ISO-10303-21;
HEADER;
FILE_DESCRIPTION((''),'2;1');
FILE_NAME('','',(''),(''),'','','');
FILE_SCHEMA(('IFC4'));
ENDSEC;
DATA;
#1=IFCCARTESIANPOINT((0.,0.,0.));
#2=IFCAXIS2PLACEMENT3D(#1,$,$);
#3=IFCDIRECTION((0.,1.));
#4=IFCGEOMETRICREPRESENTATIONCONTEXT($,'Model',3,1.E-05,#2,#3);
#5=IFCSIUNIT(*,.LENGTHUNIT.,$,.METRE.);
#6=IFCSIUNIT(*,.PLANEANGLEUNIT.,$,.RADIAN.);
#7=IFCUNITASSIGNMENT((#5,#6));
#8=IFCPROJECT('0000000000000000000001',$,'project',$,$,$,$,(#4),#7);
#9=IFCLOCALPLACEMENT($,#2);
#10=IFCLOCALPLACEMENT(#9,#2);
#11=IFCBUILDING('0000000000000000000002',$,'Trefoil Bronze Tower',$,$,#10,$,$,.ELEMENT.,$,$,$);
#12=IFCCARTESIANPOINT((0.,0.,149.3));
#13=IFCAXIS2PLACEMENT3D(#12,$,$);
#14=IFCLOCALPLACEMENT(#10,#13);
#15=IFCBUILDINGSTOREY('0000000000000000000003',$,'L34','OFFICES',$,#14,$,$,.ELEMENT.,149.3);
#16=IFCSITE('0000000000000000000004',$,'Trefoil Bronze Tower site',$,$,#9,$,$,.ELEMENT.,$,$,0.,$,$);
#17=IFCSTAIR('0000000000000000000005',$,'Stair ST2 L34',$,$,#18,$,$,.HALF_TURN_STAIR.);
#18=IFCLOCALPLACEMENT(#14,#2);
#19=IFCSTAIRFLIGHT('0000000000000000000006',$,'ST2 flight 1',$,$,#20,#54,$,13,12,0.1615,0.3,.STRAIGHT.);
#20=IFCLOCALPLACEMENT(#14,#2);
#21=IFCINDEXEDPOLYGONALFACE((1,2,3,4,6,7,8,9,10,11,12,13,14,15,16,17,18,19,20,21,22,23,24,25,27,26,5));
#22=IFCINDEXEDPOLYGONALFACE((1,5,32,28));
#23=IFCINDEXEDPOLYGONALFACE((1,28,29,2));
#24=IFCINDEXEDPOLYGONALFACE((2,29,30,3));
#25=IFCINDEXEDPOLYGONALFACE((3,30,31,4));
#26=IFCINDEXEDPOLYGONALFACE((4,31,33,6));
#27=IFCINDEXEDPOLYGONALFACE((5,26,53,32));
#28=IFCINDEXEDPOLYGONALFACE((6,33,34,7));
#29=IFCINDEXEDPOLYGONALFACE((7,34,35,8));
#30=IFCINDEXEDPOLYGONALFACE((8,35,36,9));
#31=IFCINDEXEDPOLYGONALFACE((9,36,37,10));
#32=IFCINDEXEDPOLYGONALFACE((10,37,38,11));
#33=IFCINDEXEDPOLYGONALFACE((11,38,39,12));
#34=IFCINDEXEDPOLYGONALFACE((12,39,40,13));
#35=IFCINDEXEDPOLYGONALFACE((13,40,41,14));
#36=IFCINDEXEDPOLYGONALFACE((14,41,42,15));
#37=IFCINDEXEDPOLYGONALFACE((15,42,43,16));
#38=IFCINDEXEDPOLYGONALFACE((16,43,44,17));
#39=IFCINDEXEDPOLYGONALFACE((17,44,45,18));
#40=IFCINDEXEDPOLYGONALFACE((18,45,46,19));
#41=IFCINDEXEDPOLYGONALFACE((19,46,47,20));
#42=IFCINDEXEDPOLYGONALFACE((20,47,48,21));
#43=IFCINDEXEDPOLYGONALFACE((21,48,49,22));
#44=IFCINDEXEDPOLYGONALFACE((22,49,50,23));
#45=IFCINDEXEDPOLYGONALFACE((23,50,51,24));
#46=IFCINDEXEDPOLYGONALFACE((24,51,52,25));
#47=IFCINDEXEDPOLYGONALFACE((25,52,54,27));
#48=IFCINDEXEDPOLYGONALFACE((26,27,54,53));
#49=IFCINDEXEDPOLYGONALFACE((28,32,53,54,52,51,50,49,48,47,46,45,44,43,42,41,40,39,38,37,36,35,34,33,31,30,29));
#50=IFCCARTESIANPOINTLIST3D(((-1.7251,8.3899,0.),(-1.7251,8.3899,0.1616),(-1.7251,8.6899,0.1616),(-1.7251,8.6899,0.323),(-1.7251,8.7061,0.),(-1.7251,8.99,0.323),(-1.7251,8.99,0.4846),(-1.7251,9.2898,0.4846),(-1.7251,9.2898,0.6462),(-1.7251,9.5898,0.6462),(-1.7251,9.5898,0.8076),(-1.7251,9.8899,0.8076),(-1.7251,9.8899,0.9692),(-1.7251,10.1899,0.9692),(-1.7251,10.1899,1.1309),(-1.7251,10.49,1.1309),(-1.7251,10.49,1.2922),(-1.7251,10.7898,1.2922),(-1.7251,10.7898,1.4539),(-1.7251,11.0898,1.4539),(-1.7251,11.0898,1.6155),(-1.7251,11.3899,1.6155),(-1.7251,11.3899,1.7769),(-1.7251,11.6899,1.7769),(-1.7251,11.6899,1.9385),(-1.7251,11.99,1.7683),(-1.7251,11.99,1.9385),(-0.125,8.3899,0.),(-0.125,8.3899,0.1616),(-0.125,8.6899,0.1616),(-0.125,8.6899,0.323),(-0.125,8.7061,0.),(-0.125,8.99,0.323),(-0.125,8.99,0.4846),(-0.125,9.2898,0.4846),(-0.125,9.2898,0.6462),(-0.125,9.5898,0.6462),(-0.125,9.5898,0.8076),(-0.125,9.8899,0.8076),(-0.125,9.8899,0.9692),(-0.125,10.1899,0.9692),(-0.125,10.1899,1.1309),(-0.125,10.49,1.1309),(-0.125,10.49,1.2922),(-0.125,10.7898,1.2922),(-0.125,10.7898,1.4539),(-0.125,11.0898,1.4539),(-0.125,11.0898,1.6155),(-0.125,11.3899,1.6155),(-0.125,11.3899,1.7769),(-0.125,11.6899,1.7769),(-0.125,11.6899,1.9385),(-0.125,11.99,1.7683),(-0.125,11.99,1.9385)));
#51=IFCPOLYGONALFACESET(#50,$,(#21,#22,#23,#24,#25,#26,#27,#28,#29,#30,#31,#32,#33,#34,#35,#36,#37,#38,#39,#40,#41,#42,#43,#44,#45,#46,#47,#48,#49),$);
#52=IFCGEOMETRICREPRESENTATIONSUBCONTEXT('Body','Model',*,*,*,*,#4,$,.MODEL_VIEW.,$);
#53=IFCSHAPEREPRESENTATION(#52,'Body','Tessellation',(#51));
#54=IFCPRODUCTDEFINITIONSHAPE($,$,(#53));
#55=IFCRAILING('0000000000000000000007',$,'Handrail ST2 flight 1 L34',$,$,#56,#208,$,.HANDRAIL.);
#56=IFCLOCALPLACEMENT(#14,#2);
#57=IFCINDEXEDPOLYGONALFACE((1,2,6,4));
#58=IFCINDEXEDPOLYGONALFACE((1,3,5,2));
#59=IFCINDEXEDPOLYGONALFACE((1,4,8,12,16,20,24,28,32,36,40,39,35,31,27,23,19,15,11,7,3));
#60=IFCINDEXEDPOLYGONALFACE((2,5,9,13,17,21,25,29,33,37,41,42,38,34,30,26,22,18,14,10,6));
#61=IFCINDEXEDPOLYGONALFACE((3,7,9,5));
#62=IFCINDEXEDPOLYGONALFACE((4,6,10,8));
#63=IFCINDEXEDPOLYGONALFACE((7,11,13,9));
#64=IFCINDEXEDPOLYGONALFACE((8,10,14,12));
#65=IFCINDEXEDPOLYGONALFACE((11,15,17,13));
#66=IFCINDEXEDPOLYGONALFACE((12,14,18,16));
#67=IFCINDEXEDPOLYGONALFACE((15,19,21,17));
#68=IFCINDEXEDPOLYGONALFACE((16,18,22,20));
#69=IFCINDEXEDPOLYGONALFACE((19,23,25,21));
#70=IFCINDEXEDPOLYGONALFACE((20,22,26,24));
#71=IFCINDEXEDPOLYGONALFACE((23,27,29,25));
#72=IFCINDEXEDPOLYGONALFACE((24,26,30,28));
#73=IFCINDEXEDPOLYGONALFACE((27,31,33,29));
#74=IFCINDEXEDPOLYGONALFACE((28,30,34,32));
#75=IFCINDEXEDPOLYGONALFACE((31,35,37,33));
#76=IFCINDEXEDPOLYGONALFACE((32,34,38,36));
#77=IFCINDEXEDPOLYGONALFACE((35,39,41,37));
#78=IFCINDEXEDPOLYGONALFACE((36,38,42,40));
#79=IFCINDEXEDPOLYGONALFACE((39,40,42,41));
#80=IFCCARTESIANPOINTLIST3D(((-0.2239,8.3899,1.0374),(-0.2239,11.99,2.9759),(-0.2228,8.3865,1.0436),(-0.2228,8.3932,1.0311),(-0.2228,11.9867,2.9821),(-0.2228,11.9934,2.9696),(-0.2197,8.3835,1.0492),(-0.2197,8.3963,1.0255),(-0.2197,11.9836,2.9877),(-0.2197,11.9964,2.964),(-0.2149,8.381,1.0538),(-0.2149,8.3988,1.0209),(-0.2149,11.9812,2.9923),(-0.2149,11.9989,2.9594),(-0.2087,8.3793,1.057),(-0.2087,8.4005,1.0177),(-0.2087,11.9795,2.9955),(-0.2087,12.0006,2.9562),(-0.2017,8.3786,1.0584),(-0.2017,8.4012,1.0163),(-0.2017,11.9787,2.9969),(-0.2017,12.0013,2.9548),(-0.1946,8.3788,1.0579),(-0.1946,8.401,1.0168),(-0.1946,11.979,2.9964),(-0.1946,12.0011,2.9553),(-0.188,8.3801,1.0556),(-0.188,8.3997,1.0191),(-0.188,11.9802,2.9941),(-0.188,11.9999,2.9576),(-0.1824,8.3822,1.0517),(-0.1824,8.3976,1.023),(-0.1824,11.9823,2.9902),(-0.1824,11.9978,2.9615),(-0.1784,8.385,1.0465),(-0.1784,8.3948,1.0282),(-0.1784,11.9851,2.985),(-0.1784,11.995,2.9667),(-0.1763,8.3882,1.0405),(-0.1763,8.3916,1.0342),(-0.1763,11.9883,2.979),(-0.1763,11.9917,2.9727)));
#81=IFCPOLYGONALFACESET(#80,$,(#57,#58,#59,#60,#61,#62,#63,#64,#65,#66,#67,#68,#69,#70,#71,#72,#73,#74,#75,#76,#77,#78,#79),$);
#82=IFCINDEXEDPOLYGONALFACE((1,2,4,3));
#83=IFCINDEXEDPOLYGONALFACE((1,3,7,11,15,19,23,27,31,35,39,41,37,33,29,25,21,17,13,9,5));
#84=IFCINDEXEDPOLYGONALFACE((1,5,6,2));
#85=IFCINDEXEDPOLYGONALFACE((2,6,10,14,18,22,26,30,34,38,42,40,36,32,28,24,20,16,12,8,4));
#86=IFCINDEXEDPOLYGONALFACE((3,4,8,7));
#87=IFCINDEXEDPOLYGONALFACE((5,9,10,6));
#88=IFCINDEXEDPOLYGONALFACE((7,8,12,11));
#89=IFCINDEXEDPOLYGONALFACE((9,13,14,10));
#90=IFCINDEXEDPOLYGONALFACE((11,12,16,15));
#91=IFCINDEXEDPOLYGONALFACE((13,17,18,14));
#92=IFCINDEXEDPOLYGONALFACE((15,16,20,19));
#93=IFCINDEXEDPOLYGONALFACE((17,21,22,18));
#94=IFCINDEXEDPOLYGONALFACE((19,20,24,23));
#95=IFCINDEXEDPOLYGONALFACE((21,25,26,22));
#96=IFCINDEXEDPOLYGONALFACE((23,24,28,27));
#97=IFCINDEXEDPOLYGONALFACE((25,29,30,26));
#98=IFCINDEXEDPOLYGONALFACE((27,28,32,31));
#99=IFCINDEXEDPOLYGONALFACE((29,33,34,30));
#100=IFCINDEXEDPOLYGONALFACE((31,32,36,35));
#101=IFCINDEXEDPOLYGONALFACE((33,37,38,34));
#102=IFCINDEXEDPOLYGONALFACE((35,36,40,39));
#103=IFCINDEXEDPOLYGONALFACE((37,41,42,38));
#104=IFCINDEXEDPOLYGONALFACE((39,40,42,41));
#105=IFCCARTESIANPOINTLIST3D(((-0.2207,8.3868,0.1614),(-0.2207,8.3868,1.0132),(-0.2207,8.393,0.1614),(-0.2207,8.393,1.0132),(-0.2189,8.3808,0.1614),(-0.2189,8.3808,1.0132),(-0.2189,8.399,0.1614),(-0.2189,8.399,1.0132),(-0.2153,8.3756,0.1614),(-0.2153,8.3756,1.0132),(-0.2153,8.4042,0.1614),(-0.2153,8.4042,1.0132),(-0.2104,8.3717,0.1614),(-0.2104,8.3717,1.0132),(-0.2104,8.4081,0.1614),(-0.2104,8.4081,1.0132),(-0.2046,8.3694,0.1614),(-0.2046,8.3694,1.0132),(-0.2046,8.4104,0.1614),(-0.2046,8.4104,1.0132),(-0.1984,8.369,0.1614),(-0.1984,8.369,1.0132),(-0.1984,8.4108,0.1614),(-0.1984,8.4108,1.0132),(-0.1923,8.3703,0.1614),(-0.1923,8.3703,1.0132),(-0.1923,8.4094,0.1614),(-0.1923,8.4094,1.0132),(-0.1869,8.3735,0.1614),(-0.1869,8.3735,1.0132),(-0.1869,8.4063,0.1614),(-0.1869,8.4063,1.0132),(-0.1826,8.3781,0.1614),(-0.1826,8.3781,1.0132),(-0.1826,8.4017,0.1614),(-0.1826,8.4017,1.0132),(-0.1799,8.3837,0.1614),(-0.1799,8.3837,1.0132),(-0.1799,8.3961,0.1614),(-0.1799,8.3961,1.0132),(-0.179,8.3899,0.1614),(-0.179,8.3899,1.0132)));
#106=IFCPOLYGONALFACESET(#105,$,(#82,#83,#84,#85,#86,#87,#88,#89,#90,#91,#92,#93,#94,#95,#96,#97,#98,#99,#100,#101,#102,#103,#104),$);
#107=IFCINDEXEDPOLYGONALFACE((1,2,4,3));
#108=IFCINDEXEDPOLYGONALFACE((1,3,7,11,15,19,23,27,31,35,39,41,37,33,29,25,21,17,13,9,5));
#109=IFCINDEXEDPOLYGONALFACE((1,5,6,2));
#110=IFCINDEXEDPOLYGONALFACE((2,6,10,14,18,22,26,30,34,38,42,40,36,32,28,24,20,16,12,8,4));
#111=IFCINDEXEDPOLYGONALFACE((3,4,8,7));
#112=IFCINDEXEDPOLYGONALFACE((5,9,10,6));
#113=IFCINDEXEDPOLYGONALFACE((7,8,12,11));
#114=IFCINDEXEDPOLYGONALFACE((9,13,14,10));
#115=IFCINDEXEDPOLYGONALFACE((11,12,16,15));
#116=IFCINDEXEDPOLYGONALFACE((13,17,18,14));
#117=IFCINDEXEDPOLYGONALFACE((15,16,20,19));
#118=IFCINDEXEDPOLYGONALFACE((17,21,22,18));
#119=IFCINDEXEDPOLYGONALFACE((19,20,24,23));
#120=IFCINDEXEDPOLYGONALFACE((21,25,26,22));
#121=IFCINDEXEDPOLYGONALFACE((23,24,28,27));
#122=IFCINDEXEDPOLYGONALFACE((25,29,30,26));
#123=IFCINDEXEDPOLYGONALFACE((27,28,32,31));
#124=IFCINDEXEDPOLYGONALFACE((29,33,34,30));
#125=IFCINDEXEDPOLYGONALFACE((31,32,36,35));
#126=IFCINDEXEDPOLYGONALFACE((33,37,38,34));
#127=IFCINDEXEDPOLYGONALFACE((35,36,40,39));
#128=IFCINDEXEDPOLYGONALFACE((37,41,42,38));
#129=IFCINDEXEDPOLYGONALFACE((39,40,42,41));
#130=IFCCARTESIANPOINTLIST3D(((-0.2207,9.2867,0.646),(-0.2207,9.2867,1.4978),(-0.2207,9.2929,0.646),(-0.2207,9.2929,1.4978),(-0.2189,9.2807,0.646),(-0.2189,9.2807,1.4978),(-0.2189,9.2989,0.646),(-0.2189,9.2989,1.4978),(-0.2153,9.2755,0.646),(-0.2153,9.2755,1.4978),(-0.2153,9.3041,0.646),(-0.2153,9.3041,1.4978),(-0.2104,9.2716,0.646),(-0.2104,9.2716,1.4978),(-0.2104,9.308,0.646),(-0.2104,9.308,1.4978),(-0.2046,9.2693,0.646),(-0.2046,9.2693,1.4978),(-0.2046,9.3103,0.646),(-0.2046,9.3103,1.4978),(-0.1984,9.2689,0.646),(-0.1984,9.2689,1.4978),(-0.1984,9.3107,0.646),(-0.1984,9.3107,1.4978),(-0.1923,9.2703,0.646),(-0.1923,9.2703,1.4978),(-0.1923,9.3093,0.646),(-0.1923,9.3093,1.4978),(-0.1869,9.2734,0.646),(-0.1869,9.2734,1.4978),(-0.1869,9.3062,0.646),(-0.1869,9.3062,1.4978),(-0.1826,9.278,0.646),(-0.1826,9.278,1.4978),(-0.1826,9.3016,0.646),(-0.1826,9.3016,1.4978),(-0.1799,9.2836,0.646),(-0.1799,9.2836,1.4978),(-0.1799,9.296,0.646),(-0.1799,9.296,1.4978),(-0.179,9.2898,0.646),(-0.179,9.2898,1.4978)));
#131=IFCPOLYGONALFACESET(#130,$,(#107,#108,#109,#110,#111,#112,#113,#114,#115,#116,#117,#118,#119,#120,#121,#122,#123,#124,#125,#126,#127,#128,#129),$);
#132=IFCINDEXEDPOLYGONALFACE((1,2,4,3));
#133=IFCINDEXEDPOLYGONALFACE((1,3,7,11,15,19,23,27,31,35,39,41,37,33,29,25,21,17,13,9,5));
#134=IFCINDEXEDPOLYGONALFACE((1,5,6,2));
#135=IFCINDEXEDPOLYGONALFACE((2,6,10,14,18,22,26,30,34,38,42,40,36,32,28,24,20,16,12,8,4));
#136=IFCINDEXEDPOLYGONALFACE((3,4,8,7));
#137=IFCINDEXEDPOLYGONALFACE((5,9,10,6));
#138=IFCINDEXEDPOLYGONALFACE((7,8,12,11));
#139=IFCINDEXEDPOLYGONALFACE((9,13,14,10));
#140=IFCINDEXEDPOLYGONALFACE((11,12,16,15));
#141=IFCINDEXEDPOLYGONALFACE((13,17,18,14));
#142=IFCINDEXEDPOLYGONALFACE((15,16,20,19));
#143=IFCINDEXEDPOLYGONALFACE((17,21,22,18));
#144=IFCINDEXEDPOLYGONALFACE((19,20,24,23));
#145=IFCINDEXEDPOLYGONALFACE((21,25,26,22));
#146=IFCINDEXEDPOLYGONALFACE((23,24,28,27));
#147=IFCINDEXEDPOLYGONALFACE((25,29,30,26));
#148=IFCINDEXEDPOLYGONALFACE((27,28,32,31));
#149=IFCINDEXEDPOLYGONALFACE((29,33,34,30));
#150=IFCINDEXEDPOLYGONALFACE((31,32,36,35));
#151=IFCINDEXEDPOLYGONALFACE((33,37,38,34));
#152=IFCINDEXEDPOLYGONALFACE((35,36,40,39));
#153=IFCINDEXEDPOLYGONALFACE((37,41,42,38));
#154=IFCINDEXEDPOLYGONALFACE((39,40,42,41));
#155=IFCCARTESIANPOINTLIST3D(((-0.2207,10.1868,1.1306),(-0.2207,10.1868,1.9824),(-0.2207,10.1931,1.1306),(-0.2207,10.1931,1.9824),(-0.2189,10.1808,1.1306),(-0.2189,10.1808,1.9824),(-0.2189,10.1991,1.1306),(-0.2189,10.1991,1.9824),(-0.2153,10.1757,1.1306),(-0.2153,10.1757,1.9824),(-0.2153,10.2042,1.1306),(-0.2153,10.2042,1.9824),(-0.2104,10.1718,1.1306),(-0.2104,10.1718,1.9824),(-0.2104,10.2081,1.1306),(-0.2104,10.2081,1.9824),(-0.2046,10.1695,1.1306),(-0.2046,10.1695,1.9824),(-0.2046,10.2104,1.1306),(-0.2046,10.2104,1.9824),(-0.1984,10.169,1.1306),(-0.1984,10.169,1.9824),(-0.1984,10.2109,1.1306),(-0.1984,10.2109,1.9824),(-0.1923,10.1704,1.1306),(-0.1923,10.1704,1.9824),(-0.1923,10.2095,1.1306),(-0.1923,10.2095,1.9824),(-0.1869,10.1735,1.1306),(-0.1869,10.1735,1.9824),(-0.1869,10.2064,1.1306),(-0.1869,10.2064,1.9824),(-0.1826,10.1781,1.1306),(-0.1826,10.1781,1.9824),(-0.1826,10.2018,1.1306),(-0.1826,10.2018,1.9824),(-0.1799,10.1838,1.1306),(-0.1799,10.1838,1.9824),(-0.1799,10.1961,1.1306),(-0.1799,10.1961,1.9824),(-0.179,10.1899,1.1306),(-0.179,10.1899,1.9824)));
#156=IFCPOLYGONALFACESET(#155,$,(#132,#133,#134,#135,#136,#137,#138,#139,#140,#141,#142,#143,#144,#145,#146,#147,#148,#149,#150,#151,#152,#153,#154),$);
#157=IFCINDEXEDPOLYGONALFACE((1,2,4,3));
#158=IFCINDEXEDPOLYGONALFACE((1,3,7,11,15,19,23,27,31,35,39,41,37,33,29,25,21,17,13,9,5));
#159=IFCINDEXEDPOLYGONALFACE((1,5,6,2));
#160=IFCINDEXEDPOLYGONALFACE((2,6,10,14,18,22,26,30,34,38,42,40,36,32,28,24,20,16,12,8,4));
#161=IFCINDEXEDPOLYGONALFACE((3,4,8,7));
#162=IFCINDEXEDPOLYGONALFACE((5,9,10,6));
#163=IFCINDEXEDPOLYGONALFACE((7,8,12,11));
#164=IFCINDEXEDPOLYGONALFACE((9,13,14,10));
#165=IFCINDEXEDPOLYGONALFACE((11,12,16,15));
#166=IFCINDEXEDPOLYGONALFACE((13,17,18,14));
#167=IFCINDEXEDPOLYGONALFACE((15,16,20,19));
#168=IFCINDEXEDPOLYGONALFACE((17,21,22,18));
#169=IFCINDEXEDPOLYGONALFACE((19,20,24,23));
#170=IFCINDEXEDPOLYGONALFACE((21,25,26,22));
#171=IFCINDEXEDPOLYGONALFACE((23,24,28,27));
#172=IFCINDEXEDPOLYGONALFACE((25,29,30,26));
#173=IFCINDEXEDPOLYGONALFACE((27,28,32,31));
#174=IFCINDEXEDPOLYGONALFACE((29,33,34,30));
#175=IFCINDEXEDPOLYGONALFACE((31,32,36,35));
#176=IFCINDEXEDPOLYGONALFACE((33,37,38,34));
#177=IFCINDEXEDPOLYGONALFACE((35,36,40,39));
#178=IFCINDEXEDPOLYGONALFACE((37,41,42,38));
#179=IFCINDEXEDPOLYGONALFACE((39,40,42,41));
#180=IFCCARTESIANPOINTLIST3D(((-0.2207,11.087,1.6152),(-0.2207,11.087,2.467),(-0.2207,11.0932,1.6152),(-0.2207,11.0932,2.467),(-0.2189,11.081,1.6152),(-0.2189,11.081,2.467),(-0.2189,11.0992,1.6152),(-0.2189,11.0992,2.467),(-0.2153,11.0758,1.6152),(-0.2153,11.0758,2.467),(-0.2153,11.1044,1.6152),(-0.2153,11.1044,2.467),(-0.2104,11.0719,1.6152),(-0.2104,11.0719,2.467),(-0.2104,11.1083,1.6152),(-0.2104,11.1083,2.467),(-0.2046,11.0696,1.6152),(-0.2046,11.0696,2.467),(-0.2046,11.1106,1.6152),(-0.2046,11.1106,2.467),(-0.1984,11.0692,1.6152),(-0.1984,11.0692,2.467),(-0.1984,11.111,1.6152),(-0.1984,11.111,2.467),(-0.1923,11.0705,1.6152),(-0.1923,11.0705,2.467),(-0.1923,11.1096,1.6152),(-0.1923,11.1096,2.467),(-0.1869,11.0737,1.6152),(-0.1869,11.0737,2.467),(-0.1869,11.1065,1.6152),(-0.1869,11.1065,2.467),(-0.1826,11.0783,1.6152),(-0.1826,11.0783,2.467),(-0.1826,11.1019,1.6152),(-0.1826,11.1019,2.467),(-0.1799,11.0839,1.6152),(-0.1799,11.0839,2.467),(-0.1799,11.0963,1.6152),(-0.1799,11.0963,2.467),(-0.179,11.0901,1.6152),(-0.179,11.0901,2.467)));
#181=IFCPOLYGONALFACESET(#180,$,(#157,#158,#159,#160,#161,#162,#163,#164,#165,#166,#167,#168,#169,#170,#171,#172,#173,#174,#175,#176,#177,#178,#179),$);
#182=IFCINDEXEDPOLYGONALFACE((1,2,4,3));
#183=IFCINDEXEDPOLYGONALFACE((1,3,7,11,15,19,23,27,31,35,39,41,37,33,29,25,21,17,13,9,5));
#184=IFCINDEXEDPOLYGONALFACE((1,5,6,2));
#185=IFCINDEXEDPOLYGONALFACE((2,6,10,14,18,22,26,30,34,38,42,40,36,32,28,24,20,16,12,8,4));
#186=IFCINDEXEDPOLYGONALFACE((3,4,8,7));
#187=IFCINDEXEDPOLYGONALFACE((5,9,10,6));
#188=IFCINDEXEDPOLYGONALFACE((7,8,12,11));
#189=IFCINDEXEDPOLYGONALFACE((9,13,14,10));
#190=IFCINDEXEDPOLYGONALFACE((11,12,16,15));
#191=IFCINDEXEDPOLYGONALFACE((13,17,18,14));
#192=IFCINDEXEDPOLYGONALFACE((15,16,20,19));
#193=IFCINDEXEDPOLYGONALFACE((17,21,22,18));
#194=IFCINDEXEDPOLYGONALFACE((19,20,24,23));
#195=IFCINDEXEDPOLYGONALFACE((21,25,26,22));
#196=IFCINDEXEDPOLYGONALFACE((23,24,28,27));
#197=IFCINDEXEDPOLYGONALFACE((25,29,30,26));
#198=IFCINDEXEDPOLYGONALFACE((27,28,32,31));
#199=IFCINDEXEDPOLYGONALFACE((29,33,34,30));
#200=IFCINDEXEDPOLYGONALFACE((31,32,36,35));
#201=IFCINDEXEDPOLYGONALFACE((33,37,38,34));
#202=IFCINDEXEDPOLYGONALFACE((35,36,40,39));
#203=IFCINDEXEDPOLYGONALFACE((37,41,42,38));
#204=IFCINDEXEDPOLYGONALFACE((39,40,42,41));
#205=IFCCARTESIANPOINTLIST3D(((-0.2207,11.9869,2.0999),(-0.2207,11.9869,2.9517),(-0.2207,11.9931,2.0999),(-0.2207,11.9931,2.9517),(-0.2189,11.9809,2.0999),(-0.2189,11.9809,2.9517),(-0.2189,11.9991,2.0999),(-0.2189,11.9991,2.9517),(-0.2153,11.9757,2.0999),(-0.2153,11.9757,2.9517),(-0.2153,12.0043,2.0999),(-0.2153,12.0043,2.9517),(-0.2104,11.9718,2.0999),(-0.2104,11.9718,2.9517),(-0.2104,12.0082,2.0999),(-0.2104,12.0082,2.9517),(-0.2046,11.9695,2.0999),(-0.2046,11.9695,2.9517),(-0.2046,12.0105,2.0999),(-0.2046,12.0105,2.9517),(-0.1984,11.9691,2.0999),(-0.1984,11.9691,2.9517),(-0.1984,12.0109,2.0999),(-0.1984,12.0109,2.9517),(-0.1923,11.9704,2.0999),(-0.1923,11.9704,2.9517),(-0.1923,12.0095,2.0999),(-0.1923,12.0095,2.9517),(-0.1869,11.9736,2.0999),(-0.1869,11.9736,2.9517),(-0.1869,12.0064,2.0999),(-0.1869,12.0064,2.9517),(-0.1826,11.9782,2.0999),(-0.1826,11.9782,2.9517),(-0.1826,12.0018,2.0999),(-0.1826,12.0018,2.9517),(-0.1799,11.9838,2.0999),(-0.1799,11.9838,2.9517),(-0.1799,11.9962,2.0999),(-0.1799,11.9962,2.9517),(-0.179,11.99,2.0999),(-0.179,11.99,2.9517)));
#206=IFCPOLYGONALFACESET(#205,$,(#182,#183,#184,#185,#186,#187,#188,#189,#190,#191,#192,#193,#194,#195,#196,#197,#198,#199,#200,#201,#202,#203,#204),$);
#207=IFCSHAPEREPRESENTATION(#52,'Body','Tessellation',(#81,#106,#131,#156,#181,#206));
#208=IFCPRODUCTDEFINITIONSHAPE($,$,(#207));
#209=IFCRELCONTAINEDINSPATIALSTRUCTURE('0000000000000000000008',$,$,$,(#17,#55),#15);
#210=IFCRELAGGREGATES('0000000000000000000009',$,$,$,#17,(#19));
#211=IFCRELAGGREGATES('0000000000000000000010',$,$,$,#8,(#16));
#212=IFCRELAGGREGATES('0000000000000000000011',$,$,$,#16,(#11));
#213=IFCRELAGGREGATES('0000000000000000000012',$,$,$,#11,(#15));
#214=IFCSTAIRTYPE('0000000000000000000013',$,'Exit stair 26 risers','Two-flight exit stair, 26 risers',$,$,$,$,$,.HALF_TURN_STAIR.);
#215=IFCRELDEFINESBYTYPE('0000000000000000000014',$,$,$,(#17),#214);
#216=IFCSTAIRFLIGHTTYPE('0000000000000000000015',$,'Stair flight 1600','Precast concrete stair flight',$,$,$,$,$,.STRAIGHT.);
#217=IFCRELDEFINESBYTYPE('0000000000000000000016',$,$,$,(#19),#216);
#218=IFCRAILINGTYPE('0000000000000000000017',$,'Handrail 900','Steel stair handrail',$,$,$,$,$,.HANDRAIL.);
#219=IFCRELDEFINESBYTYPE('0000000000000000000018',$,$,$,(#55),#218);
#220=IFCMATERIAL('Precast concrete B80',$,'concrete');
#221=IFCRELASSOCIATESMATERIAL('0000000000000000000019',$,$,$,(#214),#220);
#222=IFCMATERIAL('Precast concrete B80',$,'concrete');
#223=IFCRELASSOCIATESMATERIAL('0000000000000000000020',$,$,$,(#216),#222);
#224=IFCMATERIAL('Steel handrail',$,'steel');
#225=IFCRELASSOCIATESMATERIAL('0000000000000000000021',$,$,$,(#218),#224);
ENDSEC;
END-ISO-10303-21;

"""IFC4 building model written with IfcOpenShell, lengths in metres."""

from ifc_helpers import new_model, si_unit, direction, frame, origin, origin_2d, place, context, subcontext, project, spatial, polyline, circle, outline, extrude, material, type_object, element, aggregate, save


model = new_model("IFC4")

# Units and contexts
model_context = context("Model", 3, precision=1e-05, world=origin(), true_north=direction((0.0, 1.0)))
body_context = subcontext(model_context, "Body", "Model", "MODEL_VIEW")
ifc_project = project(units=[si_unit("LENGTHUNIT", "METRE"), si_unit("PLANEANGLEUNIT", "RADIAN")], contexts=[model_context])

# Site, building, storey
site_placement = place(None, origin())
site = spatial("IfcSite", under=ifc_project, at=site_placement, Name="Trefoil Bronze Tower site", CompositionType="ELEMENT", RefElevation=0.0)
building_placement = place(site_placement, origin())
building = spatial("IfcBuilding", under=site, at=building_placement, Name="Trefoil Bronze Tower", CompositionType="ELEMENT")
storey_placement = place(building_placement, frame((0.0, 0.0, 149.3)))
storey = spatial("IfcBuildingStorey", under=building, at=storey_placement, Name="L34", Description="OFFICES", CompositionType="ELEMENT", Elevation=149.3)

# Stair
ifc_material_1 = material(Name="Precast concrete B80", Category="concrete")
stair_type = type_object("IfcStairType", Name="Exit stair 26 risers", Description="Two-flight exit stair, 26 risers", PredefinedType="HALF_TURN_STAIR", material=ifc_material_1)
stair_1_placement = place(storey_placement, origin())
stair_1 = element("IfcStair", 1, at=stair_1_placement, inside=storey, type_object=stair_type, Name="Stair ST2 L34", PredefinedType="HALF_TURN_STAIR")

# Stair flight
ifc_material_2 = material(Name="Precast concrete B80", Category="concrete")
stair_flight_type = type_object("IfcStairFlightType", Name="Stair flight 1600", Description="Precast concrete stair flight", PredefinedType="STRAIGHT", material=ifc_material_2)
stair_flight_placement = place(storey_placement, frame((-0.925, 8.3899, 0.0), z_axis=(0.0, 0.0, 1.0), x_axis=(0.0, 1.0, 0.0)))
stair_flight = element("IfcStairFlight", 2, at=stair_flight_placement, type_object=stair_flight_type, Name="ST2 flight 1", NumberOfRisers=13, NumberOfTreads=12, PredefinedType="STRAIGHT", RiserHeight=0.1615, TreadLength=0.3, context=body_context, shape_type="SweptSolid", body=[
    extrude(outline(polyline([(0.0, 0.0), (0.0, 0.1616), (0.3, 0.1616), (0.3, 0.323), (0.6001, 0.323), (0.6001, 0.4846), (0.8999, 0.4846), (0.8999, 0.6462), (1.2, 0.6462), (1.2, 0.8076), (1.5, 0.8076), (1.5, 0.9692), (1.8, 0.9692), (1.8, 1.1309), (2.1001, 1.1309), (2.1001, 1.2922), (2.3999, 1.2922), (2.3999, 1.4539), (2.7, 1.4539), (2.7, 1.6155), (3.0, 1.6155), (3.0, 1.7769), (3.3, 1.7769), (3.3, 1.9385), (3.6001, 1.9385), (3.6001, 2.1001), (3.6001, 1.7683), (0.3162, 0.0), (0.0, 0.0)])), frame((0.0, 0.8, 0.0), z_axis=(0.0, -1.0, 0.0), x_axis=(1.0, 0.0, 0.0)), (0.0, 0.0, 1.0), 1.6001),
])
aggregate(stair_1, [stair_flight])

# Railing
ifc_material_3 = material(Name="Steel handrail", Category="steel")
railing_type = type_object("IfcRailingType", Name="Handrail 900", Description="Steel stair handrail", PredefinedType="HANDRAIL", material=ifc_material_3)
railing_placement = place(storey_placement, frame((-0.2, 8.3899, 0.1614)))
element("IfcRailing", 3, at=railing_placement, inside=storey, type_object=railing_type, Name="Handrail ST2 flight 1 L34", PredefinedType="HANDRAIL", context=body_context, shape_type="SweptSolid", body=[
    extrude(circle(Radius=0.0239, at=origin_2d()), frame((0.0, 0.0, 0.876), z_axis=(0.0, 0.880475, 0.474093), x_axis=(-1.0, 0.0, 0.0)), (0.0, 0.0, 1.0), 4.0889),
    extrude(circle(Radius=0.021, at=origin_2d()), origin(), (0.0, 0.0, 1.0), 0.8518),
    extrude(circle(Radius=0.021, at=origin_2d()), frame((0.0, 0.8999, 0.4846)), (0.0, 0.0, 1.0), 0.8518),
    extrude(circle(Radius=0.021, at=origin_2d()), frame((0.0, 1.8, 0.9692)), (0.0, 0.0, 1.0), 0.8518),
    extrude(circle(Radius=0.021, at=origin_2d()), frame((0.0, 2.7002, 1.4539)), (0.0, 0.0, 1.0), 0.8518),
    extrude(circle(Radius=0.021, at=origin_2d()), frame((0.0, 3.6001, 1.9385)), (0.0, 0.0, 1.0), 0.8518),
])

save(model, "model.ifc")
